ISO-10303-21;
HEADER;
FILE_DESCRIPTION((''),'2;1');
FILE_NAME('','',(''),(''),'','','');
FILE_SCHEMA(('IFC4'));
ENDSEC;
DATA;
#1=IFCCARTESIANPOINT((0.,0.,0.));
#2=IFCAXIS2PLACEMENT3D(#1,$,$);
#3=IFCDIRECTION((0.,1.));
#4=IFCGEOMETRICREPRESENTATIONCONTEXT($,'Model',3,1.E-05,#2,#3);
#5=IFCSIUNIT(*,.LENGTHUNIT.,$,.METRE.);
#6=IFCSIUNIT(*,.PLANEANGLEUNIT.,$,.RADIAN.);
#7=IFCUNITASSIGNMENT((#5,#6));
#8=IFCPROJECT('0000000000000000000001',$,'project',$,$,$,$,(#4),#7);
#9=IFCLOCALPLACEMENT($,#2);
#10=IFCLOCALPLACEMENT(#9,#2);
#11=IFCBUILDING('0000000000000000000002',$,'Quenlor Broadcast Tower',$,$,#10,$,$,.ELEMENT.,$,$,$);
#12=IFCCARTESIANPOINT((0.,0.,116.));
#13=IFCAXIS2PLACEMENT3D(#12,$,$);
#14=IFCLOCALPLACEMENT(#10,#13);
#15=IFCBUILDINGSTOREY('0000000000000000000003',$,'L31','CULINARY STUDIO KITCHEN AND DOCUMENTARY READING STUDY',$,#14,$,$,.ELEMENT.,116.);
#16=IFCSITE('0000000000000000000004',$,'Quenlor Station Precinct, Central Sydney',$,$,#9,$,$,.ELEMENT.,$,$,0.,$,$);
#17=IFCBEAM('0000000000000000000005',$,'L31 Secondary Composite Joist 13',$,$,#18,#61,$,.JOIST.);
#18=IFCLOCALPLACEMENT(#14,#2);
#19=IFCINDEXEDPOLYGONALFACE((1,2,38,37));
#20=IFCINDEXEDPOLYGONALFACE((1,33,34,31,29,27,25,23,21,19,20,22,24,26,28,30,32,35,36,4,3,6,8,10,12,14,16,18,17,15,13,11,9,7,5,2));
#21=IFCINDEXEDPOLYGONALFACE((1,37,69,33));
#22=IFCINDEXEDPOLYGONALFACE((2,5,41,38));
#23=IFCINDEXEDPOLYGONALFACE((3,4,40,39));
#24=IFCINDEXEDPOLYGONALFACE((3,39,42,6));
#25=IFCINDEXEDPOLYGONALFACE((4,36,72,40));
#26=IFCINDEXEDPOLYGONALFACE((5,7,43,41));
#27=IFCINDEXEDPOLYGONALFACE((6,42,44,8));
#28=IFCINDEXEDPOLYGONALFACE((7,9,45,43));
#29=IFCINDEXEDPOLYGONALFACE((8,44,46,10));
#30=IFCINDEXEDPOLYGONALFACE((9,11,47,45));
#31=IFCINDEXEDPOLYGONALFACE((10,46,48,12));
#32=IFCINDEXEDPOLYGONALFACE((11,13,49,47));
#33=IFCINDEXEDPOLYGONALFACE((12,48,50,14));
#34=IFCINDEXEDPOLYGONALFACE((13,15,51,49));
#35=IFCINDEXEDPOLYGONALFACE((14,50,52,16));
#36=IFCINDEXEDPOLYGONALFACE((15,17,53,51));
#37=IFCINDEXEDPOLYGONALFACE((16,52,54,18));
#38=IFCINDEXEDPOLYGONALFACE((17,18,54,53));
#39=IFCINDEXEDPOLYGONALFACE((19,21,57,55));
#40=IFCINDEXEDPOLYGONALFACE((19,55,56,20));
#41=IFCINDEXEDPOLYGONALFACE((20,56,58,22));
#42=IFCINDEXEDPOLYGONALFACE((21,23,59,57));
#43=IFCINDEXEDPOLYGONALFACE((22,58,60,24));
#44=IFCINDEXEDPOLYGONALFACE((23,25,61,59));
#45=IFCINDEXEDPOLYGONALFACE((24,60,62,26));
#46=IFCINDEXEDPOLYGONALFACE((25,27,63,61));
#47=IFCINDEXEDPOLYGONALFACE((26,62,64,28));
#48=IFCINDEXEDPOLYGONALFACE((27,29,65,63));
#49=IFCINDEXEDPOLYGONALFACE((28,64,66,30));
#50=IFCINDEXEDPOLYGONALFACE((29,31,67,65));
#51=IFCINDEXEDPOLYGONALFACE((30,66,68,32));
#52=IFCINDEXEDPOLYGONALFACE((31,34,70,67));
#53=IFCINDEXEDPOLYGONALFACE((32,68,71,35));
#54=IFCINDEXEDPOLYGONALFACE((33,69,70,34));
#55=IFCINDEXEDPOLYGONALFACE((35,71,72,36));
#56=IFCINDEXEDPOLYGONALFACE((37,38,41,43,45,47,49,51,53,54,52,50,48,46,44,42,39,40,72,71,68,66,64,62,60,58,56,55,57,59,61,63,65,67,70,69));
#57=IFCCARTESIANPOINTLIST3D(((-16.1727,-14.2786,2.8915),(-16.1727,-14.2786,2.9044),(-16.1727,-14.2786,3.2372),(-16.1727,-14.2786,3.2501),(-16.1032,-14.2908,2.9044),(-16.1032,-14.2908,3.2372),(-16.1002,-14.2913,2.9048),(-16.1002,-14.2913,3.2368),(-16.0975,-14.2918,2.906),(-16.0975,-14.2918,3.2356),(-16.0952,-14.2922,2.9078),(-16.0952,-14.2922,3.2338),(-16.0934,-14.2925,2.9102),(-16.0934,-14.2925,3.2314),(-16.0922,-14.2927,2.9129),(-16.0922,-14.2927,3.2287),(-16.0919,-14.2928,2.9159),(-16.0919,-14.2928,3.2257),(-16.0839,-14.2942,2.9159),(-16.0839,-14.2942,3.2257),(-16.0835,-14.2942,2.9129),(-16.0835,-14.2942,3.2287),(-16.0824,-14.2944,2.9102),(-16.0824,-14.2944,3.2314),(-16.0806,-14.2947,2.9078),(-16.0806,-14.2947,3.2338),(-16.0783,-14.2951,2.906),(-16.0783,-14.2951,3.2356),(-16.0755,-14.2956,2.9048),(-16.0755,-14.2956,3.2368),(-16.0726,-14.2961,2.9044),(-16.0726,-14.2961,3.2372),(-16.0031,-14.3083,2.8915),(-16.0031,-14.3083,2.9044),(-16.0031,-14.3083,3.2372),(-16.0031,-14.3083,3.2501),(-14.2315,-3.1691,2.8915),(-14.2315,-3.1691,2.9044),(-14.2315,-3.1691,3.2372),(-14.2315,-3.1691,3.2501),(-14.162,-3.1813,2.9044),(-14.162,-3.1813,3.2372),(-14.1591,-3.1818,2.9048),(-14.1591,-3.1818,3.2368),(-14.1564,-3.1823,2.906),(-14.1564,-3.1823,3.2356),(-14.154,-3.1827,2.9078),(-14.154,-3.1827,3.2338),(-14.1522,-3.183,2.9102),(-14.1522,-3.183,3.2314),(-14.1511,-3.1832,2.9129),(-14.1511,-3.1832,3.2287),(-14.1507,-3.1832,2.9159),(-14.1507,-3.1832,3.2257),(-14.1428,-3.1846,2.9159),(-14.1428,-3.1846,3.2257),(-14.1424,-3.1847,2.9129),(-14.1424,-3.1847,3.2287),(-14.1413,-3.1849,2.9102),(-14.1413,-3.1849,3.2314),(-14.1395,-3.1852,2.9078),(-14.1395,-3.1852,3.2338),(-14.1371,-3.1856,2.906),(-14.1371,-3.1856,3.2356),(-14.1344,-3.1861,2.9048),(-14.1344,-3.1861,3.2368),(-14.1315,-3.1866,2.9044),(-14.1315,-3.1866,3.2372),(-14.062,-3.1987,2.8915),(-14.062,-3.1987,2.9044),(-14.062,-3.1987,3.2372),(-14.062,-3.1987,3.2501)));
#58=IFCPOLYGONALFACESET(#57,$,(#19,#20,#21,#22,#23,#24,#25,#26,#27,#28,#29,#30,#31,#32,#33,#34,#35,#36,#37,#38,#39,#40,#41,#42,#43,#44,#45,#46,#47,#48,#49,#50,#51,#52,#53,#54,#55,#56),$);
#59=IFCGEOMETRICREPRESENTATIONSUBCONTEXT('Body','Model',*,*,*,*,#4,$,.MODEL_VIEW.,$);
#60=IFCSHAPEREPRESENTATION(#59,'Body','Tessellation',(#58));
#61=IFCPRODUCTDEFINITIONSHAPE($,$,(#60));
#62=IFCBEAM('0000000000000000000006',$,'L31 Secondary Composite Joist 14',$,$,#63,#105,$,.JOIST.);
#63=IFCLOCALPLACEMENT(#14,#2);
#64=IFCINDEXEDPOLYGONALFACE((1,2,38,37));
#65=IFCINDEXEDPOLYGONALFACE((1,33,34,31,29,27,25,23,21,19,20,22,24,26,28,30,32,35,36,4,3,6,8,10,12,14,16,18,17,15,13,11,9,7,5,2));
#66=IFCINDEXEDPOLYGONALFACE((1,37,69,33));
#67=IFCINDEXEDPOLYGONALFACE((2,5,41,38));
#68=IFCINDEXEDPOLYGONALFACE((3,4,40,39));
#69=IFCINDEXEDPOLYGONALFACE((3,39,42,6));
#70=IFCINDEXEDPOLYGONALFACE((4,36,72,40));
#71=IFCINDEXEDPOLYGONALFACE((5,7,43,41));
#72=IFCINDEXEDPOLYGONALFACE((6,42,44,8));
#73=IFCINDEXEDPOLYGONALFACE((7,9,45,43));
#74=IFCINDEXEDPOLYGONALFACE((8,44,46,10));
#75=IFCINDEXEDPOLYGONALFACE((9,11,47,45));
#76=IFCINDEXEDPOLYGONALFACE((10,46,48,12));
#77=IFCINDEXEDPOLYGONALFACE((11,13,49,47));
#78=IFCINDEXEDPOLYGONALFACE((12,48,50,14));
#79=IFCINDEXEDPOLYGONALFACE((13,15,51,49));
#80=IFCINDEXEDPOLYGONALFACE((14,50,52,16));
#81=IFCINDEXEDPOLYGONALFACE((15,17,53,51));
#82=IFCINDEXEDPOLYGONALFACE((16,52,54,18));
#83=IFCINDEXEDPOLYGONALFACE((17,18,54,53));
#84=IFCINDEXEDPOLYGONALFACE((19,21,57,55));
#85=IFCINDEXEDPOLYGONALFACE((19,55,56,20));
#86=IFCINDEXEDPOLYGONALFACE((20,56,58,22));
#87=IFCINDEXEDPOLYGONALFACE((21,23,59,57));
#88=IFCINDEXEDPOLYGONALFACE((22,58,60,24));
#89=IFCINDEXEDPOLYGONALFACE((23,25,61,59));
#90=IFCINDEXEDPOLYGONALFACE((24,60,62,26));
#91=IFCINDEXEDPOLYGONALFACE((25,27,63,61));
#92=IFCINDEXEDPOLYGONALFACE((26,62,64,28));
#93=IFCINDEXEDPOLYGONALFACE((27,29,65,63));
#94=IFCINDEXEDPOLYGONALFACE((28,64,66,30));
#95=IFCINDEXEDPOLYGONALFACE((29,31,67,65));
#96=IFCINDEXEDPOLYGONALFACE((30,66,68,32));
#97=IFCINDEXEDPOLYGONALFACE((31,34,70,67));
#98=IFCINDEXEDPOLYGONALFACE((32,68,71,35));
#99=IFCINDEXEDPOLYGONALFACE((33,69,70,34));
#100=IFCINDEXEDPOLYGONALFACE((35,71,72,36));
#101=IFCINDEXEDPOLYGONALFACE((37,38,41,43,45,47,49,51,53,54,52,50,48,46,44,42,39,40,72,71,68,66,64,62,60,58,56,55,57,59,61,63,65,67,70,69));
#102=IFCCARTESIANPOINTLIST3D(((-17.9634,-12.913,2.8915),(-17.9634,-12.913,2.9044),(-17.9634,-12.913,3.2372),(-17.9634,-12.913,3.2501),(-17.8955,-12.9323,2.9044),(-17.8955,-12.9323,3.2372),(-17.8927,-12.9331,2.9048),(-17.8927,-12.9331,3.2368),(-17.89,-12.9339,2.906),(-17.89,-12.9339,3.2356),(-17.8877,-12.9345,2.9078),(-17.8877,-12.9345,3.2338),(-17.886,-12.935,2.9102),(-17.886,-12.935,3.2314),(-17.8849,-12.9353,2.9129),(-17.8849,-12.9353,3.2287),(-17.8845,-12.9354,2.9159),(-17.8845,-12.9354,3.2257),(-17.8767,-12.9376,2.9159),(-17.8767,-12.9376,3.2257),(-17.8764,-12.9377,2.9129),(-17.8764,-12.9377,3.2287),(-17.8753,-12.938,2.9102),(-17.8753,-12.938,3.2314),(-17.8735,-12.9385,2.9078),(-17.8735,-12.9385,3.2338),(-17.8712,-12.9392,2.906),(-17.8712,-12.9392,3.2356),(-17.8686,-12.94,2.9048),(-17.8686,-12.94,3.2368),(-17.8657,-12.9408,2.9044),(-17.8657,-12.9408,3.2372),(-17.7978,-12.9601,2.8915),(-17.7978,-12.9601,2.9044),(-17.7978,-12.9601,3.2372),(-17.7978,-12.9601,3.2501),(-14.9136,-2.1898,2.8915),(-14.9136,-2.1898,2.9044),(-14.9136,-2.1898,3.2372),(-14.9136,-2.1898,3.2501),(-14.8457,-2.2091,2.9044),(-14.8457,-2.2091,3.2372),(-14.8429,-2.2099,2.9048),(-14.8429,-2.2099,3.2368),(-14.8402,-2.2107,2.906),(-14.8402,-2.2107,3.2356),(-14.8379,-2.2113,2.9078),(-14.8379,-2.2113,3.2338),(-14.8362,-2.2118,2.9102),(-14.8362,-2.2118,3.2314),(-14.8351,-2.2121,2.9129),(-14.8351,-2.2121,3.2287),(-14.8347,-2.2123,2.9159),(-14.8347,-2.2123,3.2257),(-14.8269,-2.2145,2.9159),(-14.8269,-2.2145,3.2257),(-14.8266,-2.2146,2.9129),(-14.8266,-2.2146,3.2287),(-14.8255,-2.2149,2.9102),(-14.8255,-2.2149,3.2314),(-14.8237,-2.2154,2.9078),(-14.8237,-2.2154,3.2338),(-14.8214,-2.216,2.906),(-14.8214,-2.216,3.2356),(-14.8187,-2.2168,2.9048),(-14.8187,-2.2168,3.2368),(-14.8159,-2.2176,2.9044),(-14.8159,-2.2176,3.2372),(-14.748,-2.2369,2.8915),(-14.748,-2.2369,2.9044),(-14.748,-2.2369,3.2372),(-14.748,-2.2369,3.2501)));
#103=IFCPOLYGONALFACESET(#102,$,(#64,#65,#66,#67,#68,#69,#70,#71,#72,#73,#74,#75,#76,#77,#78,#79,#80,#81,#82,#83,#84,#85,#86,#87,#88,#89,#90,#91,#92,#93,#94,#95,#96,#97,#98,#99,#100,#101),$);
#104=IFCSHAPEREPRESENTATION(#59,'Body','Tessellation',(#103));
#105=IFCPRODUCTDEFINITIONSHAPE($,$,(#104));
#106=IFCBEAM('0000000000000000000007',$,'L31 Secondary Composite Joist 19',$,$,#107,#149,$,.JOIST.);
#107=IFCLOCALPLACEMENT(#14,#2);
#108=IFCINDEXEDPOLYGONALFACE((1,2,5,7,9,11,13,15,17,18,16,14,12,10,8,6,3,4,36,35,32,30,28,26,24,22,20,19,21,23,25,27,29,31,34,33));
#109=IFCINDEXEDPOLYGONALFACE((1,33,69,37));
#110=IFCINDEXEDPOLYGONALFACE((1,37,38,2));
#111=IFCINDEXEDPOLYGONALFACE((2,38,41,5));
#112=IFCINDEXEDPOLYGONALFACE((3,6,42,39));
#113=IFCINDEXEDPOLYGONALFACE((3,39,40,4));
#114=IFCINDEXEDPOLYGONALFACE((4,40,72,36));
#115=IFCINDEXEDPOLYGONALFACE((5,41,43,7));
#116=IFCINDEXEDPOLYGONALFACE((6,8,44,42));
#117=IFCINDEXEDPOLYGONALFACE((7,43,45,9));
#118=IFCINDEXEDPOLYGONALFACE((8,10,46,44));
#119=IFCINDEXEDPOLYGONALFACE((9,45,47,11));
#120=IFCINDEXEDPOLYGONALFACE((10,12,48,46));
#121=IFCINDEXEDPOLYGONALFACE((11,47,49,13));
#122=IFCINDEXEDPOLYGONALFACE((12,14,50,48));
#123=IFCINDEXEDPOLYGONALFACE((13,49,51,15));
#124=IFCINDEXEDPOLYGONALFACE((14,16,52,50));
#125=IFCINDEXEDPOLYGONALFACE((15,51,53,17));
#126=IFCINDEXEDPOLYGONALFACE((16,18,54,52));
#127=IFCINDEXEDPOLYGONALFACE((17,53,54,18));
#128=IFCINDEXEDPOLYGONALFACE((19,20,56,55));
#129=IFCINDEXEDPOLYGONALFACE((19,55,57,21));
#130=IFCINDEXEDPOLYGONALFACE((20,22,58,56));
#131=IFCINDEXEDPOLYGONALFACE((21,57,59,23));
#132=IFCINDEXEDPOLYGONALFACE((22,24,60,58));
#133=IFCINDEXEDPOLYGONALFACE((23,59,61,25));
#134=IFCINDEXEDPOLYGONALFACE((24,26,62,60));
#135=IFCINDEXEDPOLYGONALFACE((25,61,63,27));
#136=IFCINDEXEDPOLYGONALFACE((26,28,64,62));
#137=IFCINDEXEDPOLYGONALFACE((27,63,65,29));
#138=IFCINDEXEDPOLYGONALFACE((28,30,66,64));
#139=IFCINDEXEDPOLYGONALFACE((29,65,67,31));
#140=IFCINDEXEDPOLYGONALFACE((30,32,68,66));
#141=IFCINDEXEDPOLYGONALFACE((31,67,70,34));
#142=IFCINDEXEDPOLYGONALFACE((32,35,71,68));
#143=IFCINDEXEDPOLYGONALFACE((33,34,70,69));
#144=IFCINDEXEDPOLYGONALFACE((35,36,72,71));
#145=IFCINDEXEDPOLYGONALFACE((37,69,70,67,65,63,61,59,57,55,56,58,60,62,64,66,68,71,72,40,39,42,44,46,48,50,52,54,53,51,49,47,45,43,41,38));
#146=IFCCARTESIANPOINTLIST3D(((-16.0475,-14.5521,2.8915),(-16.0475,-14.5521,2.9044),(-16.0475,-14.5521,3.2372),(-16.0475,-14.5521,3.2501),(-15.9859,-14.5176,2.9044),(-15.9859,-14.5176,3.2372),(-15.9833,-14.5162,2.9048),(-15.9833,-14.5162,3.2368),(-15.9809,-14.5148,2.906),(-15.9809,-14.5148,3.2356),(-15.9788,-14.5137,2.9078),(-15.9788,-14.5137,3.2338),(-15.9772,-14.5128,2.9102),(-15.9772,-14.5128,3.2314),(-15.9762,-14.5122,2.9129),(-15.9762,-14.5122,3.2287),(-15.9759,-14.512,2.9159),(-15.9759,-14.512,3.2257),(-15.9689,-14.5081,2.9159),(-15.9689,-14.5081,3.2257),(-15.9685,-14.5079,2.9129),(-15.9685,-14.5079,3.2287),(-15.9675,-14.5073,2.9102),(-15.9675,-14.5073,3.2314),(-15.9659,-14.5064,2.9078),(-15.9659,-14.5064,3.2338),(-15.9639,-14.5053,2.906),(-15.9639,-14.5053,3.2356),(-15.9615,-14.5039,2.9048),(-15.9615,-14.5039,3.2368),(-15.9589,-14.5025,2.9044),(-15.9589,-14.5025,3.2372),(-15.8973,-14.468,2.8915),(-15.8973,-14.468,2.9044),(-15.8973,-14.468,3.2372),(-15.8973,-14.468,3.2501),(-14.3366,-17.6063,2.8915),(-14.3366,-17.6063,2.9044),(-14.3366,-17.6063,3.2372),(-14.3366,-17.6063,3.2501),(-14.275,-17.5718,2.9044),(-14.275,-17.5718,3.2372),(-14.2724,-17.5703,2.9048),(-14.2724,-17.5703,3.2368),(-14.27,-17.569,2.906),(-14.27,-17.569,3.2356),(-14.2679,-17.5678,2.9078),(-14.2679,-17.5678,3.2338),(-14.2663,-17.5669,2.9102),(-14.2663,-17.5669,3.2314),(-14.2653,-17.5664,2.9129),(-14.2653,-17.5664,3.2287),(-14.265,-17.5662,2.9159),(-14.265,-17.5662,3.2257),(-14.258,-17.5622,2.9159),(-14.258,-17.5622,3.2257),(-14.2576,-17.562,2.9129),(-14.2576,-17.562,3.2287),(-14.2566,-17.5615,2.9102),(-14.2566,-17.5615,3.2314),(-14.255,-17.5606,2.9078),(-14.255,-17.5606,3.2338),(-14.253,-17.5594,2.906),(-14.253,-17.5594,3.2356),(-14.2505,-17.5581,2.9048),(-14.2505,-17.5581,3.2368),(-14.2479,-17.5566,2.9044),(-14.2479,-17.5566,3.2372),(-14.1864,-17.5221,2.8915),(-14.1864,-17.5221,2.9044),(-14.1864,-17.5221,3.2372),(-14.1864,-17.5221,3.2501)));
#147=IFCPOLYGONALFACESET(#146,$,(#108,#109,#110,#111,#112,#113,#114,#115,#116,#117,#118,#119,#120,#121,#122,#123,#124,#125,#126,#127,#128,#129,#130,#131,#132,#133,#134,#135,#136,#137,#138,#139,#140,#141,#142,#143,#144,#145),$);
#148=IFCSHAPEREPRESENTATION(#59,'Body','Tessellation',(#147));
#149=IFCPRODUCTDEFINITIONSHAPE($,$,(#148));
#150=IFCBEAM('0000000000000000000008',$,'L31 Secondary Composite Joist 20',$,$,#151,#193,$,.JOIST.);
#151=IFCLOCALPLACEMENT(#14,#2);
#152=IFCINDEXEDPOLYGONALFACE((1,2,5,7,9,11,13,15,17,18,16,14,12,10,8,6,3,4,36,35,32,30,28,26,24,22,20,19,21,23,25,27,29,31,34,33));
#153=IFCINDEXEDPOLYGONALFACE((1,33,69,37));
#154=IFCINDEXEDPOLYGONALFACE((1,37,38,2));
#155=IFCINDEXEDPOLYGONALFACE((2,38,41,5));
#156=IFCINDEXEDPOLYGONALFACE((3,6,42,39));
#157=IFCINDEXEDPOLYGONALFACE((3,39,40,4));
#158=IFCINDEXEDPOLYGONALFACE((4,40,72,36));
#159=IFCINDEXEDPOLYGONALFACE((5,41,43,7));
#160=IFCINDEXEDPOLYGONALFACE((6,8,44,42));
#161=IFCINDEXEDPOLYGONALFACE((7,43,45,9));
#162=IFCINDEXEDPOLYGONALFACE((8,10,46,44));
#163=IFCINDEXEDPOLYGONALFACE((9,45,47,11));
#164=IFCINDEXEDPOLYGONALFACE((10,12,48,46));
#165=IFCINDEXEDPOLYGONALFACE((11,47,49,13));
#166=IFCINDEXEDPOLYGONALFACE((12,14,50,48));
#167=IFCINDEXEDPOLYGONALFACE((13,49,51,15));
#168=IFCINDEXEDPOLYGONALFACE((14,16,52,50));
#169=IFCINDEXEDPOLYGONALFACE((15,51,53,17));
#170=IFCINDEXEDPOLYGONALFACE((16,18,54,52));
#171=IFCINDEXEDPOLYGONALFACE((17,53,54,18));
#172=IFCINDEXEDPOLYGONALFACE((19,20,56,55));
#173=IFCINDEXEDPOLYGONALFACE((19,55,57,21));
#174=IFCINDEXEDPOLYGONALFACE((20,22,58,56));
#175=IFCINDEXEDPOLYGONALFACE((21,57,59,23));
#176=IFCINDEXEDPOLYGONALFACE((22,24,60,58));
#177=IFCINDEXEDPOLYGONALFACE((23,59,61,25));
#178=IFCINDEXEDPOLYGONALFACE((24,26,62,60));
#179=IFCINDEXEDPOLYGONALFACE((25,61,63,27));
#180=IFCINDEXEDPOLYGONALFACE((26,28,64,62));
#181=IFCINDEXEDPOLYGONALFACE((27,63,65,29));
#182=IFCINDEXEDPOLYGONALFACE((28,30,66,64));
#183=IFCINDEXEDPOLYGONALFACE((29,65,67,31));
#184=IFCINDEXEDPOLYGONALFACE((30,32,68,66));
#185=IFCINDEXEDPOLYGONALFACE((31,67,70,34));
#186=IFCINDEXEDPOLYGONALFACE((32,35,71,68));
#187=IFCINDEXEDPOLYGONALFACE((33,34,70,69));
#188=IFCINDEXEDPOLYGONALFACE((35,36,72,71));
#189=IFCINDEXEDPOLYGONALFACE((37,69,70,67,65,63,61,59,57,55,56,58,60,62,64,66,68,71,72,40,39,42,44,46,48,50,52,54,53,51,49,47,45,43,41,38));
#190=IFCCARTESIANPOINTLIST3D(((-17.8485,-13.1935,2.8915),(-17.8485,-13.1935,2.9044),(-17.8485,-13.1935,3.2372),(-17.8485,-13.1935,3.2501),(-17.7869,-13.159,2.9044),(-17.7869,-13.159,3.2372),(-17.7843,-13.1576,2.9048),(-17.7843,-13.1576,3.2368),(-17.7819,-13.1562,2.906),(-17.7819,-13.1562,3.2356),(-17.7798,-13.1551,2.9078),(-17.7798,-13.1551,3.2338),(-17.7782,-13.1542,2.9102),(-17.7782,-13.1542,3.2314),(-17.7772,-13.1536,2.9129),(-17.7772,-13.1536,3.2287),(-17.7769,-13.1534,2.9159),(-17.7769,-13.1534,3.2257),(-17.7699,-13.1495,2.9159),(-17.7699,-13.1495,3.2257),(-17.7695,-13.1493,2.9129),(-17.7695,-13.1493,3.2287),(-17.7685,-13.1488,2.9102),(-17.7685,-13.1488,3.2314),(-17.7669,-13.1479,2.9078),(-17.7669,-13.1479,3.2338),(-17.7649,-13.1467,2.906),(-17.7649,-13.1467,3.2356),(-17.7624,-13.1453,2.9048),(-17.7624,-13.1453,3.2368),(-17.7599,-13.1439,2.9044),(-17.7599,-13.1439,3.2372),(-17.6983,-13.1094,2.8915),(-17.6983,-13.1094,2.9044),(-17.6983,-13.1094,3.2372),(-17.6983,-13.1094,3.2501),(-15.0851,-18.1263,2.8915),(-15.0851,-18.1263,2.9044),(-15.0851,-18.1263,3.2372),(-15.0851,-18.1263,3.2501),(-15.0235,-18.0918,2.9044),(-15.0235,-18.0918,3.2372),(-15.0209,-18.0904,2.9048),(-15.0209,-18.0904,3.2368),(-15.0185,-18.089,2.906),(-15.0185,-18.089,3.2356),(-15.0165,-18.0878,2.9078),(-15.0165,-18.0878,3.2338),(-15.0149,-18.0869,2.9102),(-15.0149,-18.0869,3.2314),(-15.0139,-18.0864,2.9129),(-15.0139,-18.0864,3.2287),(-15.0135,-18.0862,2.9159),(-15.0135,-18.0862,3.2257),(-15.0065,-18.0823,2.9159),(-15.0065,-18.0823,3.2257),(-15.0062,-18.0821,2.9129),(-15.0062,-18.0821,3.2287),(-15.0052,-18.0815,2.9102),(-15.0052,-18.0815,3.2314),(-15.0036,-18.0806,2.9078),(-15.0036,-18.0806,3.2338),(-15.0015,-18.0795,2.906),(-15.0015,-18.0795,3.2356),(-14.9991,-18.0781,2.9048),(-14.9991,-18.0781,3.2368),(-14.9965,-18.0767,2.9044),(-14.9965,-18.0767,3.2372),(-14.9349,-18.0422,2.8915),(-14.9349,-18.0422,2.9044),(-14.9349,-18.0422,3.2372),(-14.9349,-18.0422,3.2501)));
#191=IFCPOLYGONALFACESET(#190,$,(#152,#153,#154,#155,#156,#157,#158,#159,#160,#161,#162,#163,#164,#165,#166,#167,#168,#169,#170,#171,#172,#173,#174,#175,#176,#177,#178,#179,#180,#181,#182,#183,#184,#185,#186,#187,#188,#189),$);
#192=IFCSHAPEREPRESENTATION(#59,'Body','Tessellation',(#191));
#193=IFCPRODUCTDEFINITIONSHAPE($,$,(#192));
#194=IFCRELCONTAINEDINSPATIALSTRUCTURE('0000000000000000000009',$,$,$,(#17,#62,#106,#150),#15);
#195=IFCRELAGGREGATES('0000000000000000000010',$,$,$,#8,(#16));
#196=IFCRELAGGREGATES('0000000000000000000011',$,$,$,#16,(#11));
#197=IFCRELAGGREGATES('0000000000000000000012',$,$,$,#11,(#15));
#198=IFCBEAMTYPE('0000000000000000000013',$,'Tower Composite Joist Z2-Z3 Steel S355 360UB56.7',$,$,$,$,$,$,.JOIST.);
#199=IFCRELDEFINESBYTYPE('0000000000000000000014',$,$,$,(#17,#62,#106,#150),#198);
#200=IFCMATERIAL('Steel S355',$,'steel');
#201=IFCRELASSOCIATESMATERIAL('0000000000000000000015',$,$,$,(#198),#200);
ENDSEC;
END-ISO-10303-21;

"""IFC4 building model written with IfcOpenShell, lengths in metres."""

from ifc_helpers import new_model, si_unit, direction, frame, origin, origin_2d, place, context, subcontext, project, spatial, i_section, extrude, material, material_profile, profile_set, type_object, element, save


model = new_model("IFC4")

# Units and contexts
model_context = context("Model", 3, precision=1e-05, world=origin(), true_north=direction((0.0, 1.0)))
body_context = subcontext(model_context, "Body", "Model", "MODEL_VIEW")
ifc_project = project(units=[si_unit("LENGTHUNIT", "METRE"), si_unit("PLANEANGLEUNIT", "RADIAN")], contexts=[model_context])

# Site, building, storey
site_placement = place(None, origin())
site = spatial("IfcSite", under=ifc_project, at=site_placement, Name="Quenlor Station Precinct, Central Sydney", CompositionType="ELEMENT", RefElevation=0.0)
building_placement = place(site_placement, origin())
building = spatial("IfcBuilding", under=site, at=building_placement, Name="Quenlor Broadcast Tower", CompositionType="ELEMENT")
storey_placement = place(building_placement, frame((0.0, 0.0, 116.0)))
storey = spatial("IfcBuildingStorey", under=building, at=storey_placement, Name="L31", Description="CULINARY STUDIO KITCHEN AND DOCUMENTARY READING STUDY", CompositionType="ELEMENT", Elevation=116.0)

# Beams
ifc_material_1 = material(Name="Steel S355", Category="steel")
ifc_material_profile_1 = material_profile(ifc_material_1, i_section(OverallWidth=0.1721, OverallDepth=0.3586, WebThickness=0.0081, FlangeThickness=0.0129, FilletRadius=0.0115, at=origin_2d()))
ifc_profile_set_1 = profile_set([ifc_material_profile_1], Name="Steel S355 360UB56.7")
beam_type_1 = type_object("IfcBeamType", Name="Tower Composite Joist Z2-Z3 Steel S355 360UB56.7", PredefinedType="JOIST", material=ifc_profile_set_1)
beam_1_placement = place(storey_placement, frame((-16.0879, -14.2935, 3.0708), z_axis=(0.17212, 0.985076, 0.0), x_axis=(-0.985076, 0.17212, 0.0)))
element("IfcBeam", 1, at=beam_1_placement, inside=storey, type_object=beam_type_1, Name="L31 Secondary Composite Joist 13", PredefinedType="JOIST", context=body_context, shape_type="SweptSolid", body=[
    extrude(i_section(OverallWidth=0.1721, OverallDepth=0.3586, WebThickness=0.0081, FlangeThickness=0.0129, FilletRadius=0.0115, at=origin_2d()), origin(), (0.0, 0.0, 1.0), 11.2778),
])
beam_2_placement = place(storey_placement, frame((-17.8806, -12.9365, 3.0708), z_axis=(0.273564, 0.961854, 0.0), x_axis=(-0.961854, 0.273564, 0.0)))
element("IfcBeam", 2, at=beam_2_placement, inside=storey, type_object=beam_type_1, Name="L31 Secondary Composite Joist 14", PredefinedType="JOIST", context=body_context, shape_type="SweptSolid", body=[
    extrude(i_section(OverallWidth=0.1721, OverallDepth=0.3586, WebThickness=0.0081, FlangeThickness=0.0129, FilletRadius=0.0115, at=origin_2d()), origin(), (0.0, 0.0, 1.0), 11.1484),
])
beam_3_placement = place(storey_placement, frame((-14.2615, -17.5642, 3.0708), z_axis=(-0.488731, 0.872435, 0.0), x_axis=(-0.872435, -0.488731, 0.0)))
element("IfcBeam", 3, at=beam_3_placement, inside=storey, type_object=beam_type_1, Name="L31 Secondary Composite Joist 19", PredefinedType="JOIST", context=body_context, shape_type="SweptSolid", body=[
    extrude(i_section(OverallWidth=0.1721, OverallDepth=0.3586, WebThickness=0.0081, FlangeThickness=0.0129, FilletRadius=0.0115, at=origin_2d()), origin(), (0.0, 0.0, 1.0), 3.5007),
])
beam_4_placement = place(storey_placement, frame((-15.01, -18.0842, 3.0708), z_axis=(-0.488741, 0.872429, 0.0), x_axis=(-0.872429, -0.488741, 0.0)))
element("IfcBeam", 4, at=beam_4_placement, inside=storey, type_object=beam_type_1, Name="L31 Secondary Composite Joist 20", PredefinedType="JOIST", context=body_context, shape_type="SweptSolid", body=[
    extrude(i_section(OverallWidth=0.1721, OverallDepth=0.3586, WebThickness=0.0081, FlangeThickness=0.0129, FilletRadius=0.0115, at=origin_2d()), origin(), (0.0, 0.0, 1.0), 5.6541),
])

save(model, "model.ifc")
